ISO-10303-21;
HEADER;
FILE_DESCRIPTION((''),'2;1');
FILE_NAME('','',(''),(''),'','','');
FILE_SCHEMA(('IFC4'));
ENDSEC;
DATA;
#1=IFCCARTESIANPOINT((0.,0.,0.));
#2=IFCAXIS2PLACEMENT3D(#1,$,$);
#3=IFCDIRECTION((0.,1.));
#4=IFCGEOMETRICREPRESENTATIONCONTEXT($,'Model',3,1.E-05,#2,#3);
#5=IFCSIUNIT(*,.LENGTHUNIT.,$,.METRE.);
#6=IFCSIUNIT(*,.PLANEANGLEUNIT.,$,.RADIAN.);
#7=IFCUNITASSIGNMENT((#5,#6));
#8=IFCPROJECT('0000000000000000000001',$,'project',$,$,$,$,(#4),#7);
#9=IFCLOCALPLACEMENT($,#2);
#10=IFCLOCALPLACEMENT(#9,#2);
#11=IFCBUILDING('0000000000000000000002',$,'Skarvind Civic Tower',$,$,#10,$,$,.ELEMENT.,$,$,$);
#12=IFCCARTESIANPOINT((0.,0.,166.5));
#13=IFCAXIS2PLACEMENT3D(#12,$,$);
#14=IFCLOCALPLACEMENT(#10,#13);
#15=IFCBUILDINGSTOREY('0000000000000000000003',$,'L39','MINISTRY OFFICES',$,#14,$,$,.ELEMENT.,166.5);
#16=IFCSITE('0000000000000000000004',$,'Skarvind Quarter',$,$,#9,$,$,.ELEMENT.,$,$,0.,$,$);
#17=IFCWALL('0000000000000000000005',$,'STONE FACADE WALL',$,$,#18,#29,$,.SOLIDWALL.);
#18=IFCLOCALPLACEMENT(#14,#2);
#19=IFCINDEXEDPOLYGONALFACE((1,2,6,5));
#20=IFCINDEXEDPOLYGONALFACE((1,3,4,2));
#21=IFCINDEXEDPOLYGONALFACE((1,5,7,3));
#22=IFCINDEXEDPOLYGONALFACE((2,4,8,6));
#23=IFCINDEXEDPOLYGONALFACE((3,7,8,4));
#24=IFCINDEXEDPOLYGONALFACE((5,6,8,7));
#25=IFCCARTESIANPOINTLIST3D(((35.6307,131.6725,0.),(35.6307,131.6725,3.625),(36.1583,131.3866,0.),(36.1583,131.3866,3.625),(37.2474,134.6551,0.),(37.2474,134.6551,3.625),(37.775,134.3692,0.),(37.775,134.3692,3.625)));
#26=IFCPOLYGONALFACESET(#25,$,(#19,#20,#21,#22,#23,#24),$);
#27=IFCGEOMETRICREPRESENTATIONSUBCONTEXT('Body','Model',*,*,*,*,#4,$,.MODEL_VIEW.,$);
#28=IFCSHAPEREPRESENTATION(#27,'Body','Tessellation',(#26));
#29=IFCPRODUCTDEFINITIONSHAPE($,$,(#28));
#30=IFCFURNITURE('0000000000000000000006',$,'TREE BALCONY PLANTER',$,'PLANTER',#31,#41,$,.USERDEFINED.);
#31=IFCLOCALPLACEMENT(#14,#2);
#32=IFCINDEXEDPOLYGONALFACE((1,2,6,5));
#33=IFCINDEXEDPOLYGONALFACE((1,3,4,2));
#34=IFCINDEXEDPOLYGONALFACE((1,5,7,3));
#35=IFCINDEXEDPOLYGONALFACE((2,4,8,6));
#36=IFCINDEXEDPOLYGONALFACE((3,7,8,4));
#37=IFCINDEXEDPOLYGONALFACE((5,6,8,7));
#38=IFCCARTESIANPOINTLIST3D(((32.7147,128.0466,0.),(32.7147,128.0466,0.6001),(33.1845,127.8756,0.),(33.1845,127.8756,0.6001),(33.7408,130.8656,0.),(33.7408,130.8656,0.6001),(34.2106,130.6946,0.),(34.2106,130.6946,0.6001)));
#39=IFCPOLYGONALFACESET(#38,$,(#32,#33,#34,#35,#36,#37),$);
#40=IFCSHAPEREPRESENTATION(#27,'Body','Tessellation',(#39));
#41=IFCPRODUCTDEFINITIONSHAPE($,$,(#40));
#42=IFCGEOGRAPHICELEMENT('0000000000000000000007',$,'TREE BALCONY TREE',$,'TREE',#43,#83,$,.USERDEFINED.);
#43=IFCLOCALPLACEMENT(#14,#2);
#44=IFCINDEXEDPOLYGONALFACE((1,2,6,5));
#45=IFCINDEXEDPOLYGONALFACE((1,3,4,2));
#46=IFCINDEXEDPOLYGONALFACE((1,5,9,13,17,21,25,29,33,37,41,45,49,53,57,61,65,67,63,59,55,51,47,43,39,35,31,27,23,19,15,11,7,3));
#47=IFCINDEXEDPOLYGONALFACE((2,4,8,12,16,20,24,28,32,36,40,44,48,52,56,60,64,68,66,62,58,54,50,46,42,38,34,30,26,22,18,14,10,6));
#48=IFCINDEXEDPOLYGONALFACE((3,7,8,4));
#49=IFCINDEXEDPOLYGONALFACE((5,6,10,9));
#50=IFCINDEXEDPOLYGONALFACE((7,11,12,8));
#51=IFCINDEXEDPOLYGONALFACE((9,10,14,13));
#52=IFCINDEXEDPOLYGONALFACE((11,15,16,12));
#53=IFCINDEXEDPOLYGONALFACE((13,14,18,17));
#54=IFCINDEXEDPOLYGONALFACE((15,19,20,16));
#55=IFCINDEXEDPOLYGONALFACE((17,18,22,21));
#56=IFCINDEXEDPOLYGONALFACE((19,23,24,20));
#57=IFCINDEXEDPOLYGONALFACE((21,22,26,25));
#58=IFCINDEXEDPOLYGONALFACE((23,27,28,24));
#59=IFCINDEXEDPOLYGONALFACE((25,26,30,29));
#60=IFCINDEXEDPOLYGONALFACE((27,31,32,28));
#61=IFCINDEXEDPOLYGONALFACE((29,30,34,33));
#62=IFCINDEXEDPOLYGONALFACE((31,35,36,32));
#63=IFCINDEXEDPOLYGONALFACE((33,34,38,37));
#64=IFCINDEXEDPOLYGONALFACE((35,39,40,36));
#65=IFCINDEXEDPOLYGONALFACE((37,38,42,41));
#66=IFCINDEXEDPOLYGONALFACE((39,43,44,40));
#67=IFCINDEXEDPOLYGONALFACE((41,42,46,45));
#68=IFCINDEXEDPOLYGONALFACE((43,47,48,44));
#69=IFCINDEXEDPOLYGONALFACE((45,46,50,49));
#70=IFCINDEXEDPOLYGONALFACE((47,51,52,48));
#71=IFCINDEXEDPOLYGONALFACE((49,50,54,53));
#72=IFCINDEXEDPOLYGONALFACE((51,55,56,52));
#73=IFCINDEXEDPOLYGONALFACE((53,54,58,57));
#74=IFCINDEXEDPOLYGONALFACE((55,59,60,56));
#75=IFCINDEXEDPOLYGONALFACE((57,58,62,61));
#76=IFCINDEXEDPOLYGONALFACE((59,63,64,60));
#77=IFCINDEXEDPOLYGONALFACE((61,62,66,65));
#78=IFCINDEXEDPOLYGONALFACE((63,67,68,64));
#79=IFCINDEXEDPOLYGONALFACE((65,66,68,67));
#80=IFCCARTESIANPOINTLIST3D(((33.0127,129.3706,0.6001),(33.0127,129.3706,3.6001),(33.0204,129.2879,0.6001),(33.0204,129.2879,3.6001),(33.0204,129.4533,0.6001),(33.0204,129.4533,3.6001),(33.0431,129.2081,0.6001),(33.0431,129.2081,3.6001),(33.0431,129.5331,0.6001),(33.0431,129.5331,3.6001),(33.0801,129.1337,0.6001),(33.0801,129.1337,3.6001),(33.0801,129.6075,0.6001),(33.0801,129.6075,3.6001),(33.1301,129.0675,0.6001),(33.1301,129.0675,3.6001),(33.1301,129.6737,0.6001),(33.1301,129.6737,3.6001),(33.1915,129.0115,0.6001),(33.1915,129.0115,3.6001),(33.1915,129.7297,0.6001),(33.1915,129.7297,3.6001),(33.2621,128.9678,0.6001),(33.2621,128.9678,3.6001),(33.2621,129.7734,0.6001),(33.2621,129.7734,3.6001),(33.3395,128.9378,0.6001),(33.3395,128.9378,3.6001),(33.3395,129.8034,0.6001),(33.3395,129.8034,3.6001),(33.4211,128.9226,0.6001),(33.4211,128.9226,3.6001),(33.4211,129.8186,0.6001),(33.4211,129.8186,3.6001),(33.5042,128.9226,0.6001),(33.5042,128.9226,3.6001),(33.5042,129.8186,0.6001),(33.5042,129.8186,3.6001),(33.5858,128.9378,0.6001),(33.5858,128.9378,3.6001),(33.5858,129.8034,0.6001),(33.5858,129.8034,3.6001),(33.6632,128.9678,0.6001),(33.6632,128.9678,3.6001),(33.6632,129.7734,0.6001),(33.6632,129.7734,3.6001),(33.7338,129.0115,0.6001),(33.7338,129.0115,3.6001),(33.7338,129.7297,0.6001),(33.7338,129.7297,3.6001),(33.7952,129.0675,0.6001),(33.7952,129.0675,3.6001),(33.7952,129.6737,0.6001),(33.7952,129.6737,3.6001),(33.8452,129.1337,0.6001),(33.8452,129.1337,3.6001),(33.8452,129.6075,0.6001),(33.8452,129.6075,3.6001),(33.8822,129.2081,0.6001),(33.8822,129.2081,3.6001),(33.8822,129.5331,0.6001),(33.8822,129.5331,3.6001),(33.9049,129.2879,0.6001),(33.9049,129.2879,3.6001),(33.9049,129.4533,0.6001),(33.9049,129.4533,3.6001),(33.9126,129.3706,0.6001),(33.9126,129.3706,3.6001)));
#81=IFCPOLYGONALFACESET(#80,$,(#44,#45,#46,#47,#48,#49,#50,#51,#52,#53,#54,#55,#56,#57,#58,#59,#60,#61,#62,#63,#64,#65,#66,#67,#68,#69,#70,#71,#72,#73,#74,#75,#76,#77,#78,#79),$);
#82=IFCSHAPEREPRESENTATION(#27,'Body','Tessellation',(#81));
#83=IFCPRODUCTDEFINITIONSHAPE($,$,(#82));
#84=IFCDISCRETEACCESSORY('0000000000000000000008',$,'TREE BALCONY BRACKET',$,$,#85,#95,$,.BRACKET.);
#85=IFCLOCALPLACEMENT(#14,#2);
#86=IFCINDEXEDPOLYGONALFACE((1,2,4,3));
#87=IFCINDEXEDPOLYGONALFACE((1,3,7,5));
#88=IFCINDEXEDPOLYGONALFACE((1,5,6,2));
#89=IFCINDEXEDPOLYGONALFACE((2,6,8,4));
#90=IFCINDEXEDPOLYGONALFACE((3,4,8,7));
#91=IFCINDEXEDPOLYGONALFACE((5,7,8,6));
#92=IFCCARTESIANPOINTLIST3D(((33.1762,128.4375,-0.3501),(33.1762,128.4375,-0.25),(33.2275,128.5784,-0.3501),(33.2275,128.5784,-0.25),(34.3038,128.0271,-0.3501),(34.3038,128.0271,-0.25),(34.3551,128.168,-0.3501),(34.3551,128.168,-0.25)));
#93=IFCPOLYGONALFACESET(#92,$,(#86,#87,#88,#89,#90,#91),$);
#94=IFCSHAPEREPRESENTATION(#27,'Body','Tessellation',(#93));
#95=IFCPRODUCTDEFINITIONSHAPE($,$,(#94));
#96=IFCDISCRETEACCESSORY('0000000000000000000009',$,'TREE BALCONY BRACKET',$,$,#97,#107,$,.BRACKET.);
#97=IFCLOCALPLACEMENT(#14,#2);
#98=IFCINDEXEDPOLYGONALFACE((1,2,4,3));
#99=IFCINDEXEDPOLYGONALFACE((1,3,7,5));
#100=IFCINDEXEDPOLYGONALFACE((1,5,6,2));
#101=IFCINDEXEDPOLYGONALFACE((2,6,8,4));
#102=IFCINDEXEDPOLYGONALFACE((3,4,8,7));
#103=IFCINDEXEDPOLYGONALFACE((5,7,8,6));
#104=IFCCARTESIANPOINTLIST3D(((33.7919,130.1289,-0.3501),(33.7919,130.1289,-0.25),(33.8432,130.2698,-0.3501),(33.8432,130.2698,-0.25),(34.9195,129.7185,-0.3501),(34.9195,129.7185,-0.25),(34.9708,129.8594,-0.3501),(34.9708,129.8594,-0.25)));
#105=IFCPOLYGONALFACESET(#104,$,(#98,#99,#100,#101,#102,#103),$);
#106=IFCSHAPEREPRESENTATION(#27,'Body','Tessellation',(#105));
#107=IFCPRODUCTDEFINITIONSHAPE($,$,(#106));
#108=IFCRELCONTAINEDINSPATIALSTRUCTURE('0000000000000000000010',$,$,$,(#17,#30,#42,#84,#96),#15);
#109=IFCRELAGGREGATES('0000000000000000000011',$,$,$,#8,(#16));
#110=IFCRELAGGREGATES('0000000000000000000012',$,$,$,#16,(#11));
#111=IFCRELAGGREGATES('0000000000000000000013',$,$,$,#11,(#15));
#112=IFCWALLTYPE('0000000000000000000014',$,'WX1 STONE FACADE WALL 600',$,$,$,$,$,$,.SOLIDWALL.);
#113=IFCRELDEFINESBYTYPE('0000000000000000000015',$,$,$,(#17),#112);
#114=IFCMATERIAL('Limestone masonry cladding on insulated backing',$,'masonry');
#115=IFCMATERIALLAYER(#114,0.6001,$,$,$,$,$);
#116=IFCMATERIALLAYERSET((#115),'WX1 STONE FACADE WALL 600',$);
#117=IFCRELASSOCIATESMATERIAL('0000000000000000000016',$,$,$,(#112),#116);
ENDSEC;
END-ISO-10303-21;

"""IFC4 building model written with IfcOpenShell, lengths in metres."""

from ifc_helpers import new_model, si_unit, direction, frame, frame_2d, origin, origin_2d, place, context, subcontext, project, spatial, rectangle, circle, extrude, material, layer, layer_set, type_object, element, save


model = new_model("IFC4")

# Units and contexts
model_context = context("Model", 3, precision=1e-05, world=origin(), true_north=direction((0.0, 1.0)))
body_context = subcontext(model_context, "Body", "Model", "MODEL_VIEW")
ifc_project = project(units=[si_unit("LENGTHUNIT", "METRE"), si_unit("PLANEANGLEUNIT", "RADIAN")], contexts=[model_context])

# Site, building, storey
site_placement = place(None, origin())
site = spatial("IfcSite", under=ifc_project, at=site_placement, Name="Skarvind Quarter", CompositionType="ELEMENT", RefElevation=0.0)
building_placement = place(site_placement, origin())
building = spatial("IfcBuilding", under=site, at=building_placement, Name="Skarvind Civic Tower", CompositionType="ELEMENT")
storey_placement = place(building_placement, frame((0.0, 0.0, 166.5)))
storey = spatial("IfcBuildingStorey", under=building, at=storey_placement, Name="L39", Description="MINISTRY OFFICES", CompositionType="ELEMENT", Elevation=166.5)

# Shared definitions
ifc_material_1 = material(Name="Limestone masonry cladding on insulated backing", Category="masonry")
ifc_layer_1 = layer(ifc_material_1, 0.6001)
ifc_layer_set_1 = layer_set([ifc_layer_1], Name="WX1 STONE FACADE WALL 600")
wall_type_1 = type_object("IfcWallType", Name="WX1 STONE FACADE WALL 600", PredefinedType="SOLIDWALL", material=ifc_layer_set_1)

# Wall
wall_1_placement = place(storey_placement, frame((35.8945, 131.5295, 0.0), z_axis=(0.0, 0.0, 1.0), x_axis=(0.476531, 0.879158, 0.0)))
element("IfcWall", 1, at=wall_1_placement, inside=storey, type_object=wall_type_1, Name="STONE FACADE WALL", PredefinedType="SOLIDWALL", context=body_context, shape_type="SweptSolid", body=[
    extrude(rectangle(XDim=3.3926, YDim=0.6001, at=frame_2d((1.6963, 0.0))), origin(), (0.0, 0.0, 1.0), 3.625),
])

# Furniture
furniture_placement = place(storey_placement, frame((33.4626, 129.3706, 0.0), z_axis=(0.0, 0.0, 1.0), x_axis=(0.34202, 0.939693, 0.0)))
element("IfcFurniture", 2, at=furniture_placement, inside=storey, Name="TREE BALCONY PLANTER", ObjectType="PLANTER", PredefinedType="USERDEFINED", context=body_context, shape_type="SweptSolid", body=[
    extrude(rectangle(XDim=3.0, YDim=0.5, at=origin_2d()), origin(), (0.0, 0.0, 1.0), 0.6001),
])

# Geographic element
geographic_element_placement = place(storey_placement, frame((33.4626, 129.3706, 0.6001), z_axis=(0.0, 0.0, 1.0), x_axis=(1.0, 0.0, 0.0)))
element("IfcGeographicElement", 3, at=geographic_element_placement, inside=storey, Name="TREE BALCONY TREE", ObjectType="TREE", PredefinedType="USERDEFINED", context=body_context, shape_type="SweptSolid", body=[
    extrude(circle(Radius=0.45, at=origin_2d()), origin(), (0.0, 0.0, 1.0), 3.0),
])

# Discrete accessories
for number, where, z_axis, x_axis, name in (
    (4, (33.7656, 128.3027, -0.3501), (0.0, 0.0, 1.0), (0.34202, 0.939693, 0.0), "TREE BALCONY BRACKET"),
    (5, (34.3813, 129.9941, -0.3501), (0.0, 0.0, 1.0), (0.34202, 0.939693, 0.0), "TREE BALCONY BRACKET"),
):
    element("IfcDiscreteAccessory", number, at=place(storey_placement, frame(where, z_axis=z_axis, x_axis=x_axis)), inside=storey, Name=name, PredefinedType="BRACKET", context=body_context, shape_type="SweptSolid", body=[
        extrude(rectangle(XDim=0.1499, YDim=1.2, at=origin_2d()), origin(), (0.0, 0.0, 1.0), 0.1001),
    ])

save(model, "model.ifc")
